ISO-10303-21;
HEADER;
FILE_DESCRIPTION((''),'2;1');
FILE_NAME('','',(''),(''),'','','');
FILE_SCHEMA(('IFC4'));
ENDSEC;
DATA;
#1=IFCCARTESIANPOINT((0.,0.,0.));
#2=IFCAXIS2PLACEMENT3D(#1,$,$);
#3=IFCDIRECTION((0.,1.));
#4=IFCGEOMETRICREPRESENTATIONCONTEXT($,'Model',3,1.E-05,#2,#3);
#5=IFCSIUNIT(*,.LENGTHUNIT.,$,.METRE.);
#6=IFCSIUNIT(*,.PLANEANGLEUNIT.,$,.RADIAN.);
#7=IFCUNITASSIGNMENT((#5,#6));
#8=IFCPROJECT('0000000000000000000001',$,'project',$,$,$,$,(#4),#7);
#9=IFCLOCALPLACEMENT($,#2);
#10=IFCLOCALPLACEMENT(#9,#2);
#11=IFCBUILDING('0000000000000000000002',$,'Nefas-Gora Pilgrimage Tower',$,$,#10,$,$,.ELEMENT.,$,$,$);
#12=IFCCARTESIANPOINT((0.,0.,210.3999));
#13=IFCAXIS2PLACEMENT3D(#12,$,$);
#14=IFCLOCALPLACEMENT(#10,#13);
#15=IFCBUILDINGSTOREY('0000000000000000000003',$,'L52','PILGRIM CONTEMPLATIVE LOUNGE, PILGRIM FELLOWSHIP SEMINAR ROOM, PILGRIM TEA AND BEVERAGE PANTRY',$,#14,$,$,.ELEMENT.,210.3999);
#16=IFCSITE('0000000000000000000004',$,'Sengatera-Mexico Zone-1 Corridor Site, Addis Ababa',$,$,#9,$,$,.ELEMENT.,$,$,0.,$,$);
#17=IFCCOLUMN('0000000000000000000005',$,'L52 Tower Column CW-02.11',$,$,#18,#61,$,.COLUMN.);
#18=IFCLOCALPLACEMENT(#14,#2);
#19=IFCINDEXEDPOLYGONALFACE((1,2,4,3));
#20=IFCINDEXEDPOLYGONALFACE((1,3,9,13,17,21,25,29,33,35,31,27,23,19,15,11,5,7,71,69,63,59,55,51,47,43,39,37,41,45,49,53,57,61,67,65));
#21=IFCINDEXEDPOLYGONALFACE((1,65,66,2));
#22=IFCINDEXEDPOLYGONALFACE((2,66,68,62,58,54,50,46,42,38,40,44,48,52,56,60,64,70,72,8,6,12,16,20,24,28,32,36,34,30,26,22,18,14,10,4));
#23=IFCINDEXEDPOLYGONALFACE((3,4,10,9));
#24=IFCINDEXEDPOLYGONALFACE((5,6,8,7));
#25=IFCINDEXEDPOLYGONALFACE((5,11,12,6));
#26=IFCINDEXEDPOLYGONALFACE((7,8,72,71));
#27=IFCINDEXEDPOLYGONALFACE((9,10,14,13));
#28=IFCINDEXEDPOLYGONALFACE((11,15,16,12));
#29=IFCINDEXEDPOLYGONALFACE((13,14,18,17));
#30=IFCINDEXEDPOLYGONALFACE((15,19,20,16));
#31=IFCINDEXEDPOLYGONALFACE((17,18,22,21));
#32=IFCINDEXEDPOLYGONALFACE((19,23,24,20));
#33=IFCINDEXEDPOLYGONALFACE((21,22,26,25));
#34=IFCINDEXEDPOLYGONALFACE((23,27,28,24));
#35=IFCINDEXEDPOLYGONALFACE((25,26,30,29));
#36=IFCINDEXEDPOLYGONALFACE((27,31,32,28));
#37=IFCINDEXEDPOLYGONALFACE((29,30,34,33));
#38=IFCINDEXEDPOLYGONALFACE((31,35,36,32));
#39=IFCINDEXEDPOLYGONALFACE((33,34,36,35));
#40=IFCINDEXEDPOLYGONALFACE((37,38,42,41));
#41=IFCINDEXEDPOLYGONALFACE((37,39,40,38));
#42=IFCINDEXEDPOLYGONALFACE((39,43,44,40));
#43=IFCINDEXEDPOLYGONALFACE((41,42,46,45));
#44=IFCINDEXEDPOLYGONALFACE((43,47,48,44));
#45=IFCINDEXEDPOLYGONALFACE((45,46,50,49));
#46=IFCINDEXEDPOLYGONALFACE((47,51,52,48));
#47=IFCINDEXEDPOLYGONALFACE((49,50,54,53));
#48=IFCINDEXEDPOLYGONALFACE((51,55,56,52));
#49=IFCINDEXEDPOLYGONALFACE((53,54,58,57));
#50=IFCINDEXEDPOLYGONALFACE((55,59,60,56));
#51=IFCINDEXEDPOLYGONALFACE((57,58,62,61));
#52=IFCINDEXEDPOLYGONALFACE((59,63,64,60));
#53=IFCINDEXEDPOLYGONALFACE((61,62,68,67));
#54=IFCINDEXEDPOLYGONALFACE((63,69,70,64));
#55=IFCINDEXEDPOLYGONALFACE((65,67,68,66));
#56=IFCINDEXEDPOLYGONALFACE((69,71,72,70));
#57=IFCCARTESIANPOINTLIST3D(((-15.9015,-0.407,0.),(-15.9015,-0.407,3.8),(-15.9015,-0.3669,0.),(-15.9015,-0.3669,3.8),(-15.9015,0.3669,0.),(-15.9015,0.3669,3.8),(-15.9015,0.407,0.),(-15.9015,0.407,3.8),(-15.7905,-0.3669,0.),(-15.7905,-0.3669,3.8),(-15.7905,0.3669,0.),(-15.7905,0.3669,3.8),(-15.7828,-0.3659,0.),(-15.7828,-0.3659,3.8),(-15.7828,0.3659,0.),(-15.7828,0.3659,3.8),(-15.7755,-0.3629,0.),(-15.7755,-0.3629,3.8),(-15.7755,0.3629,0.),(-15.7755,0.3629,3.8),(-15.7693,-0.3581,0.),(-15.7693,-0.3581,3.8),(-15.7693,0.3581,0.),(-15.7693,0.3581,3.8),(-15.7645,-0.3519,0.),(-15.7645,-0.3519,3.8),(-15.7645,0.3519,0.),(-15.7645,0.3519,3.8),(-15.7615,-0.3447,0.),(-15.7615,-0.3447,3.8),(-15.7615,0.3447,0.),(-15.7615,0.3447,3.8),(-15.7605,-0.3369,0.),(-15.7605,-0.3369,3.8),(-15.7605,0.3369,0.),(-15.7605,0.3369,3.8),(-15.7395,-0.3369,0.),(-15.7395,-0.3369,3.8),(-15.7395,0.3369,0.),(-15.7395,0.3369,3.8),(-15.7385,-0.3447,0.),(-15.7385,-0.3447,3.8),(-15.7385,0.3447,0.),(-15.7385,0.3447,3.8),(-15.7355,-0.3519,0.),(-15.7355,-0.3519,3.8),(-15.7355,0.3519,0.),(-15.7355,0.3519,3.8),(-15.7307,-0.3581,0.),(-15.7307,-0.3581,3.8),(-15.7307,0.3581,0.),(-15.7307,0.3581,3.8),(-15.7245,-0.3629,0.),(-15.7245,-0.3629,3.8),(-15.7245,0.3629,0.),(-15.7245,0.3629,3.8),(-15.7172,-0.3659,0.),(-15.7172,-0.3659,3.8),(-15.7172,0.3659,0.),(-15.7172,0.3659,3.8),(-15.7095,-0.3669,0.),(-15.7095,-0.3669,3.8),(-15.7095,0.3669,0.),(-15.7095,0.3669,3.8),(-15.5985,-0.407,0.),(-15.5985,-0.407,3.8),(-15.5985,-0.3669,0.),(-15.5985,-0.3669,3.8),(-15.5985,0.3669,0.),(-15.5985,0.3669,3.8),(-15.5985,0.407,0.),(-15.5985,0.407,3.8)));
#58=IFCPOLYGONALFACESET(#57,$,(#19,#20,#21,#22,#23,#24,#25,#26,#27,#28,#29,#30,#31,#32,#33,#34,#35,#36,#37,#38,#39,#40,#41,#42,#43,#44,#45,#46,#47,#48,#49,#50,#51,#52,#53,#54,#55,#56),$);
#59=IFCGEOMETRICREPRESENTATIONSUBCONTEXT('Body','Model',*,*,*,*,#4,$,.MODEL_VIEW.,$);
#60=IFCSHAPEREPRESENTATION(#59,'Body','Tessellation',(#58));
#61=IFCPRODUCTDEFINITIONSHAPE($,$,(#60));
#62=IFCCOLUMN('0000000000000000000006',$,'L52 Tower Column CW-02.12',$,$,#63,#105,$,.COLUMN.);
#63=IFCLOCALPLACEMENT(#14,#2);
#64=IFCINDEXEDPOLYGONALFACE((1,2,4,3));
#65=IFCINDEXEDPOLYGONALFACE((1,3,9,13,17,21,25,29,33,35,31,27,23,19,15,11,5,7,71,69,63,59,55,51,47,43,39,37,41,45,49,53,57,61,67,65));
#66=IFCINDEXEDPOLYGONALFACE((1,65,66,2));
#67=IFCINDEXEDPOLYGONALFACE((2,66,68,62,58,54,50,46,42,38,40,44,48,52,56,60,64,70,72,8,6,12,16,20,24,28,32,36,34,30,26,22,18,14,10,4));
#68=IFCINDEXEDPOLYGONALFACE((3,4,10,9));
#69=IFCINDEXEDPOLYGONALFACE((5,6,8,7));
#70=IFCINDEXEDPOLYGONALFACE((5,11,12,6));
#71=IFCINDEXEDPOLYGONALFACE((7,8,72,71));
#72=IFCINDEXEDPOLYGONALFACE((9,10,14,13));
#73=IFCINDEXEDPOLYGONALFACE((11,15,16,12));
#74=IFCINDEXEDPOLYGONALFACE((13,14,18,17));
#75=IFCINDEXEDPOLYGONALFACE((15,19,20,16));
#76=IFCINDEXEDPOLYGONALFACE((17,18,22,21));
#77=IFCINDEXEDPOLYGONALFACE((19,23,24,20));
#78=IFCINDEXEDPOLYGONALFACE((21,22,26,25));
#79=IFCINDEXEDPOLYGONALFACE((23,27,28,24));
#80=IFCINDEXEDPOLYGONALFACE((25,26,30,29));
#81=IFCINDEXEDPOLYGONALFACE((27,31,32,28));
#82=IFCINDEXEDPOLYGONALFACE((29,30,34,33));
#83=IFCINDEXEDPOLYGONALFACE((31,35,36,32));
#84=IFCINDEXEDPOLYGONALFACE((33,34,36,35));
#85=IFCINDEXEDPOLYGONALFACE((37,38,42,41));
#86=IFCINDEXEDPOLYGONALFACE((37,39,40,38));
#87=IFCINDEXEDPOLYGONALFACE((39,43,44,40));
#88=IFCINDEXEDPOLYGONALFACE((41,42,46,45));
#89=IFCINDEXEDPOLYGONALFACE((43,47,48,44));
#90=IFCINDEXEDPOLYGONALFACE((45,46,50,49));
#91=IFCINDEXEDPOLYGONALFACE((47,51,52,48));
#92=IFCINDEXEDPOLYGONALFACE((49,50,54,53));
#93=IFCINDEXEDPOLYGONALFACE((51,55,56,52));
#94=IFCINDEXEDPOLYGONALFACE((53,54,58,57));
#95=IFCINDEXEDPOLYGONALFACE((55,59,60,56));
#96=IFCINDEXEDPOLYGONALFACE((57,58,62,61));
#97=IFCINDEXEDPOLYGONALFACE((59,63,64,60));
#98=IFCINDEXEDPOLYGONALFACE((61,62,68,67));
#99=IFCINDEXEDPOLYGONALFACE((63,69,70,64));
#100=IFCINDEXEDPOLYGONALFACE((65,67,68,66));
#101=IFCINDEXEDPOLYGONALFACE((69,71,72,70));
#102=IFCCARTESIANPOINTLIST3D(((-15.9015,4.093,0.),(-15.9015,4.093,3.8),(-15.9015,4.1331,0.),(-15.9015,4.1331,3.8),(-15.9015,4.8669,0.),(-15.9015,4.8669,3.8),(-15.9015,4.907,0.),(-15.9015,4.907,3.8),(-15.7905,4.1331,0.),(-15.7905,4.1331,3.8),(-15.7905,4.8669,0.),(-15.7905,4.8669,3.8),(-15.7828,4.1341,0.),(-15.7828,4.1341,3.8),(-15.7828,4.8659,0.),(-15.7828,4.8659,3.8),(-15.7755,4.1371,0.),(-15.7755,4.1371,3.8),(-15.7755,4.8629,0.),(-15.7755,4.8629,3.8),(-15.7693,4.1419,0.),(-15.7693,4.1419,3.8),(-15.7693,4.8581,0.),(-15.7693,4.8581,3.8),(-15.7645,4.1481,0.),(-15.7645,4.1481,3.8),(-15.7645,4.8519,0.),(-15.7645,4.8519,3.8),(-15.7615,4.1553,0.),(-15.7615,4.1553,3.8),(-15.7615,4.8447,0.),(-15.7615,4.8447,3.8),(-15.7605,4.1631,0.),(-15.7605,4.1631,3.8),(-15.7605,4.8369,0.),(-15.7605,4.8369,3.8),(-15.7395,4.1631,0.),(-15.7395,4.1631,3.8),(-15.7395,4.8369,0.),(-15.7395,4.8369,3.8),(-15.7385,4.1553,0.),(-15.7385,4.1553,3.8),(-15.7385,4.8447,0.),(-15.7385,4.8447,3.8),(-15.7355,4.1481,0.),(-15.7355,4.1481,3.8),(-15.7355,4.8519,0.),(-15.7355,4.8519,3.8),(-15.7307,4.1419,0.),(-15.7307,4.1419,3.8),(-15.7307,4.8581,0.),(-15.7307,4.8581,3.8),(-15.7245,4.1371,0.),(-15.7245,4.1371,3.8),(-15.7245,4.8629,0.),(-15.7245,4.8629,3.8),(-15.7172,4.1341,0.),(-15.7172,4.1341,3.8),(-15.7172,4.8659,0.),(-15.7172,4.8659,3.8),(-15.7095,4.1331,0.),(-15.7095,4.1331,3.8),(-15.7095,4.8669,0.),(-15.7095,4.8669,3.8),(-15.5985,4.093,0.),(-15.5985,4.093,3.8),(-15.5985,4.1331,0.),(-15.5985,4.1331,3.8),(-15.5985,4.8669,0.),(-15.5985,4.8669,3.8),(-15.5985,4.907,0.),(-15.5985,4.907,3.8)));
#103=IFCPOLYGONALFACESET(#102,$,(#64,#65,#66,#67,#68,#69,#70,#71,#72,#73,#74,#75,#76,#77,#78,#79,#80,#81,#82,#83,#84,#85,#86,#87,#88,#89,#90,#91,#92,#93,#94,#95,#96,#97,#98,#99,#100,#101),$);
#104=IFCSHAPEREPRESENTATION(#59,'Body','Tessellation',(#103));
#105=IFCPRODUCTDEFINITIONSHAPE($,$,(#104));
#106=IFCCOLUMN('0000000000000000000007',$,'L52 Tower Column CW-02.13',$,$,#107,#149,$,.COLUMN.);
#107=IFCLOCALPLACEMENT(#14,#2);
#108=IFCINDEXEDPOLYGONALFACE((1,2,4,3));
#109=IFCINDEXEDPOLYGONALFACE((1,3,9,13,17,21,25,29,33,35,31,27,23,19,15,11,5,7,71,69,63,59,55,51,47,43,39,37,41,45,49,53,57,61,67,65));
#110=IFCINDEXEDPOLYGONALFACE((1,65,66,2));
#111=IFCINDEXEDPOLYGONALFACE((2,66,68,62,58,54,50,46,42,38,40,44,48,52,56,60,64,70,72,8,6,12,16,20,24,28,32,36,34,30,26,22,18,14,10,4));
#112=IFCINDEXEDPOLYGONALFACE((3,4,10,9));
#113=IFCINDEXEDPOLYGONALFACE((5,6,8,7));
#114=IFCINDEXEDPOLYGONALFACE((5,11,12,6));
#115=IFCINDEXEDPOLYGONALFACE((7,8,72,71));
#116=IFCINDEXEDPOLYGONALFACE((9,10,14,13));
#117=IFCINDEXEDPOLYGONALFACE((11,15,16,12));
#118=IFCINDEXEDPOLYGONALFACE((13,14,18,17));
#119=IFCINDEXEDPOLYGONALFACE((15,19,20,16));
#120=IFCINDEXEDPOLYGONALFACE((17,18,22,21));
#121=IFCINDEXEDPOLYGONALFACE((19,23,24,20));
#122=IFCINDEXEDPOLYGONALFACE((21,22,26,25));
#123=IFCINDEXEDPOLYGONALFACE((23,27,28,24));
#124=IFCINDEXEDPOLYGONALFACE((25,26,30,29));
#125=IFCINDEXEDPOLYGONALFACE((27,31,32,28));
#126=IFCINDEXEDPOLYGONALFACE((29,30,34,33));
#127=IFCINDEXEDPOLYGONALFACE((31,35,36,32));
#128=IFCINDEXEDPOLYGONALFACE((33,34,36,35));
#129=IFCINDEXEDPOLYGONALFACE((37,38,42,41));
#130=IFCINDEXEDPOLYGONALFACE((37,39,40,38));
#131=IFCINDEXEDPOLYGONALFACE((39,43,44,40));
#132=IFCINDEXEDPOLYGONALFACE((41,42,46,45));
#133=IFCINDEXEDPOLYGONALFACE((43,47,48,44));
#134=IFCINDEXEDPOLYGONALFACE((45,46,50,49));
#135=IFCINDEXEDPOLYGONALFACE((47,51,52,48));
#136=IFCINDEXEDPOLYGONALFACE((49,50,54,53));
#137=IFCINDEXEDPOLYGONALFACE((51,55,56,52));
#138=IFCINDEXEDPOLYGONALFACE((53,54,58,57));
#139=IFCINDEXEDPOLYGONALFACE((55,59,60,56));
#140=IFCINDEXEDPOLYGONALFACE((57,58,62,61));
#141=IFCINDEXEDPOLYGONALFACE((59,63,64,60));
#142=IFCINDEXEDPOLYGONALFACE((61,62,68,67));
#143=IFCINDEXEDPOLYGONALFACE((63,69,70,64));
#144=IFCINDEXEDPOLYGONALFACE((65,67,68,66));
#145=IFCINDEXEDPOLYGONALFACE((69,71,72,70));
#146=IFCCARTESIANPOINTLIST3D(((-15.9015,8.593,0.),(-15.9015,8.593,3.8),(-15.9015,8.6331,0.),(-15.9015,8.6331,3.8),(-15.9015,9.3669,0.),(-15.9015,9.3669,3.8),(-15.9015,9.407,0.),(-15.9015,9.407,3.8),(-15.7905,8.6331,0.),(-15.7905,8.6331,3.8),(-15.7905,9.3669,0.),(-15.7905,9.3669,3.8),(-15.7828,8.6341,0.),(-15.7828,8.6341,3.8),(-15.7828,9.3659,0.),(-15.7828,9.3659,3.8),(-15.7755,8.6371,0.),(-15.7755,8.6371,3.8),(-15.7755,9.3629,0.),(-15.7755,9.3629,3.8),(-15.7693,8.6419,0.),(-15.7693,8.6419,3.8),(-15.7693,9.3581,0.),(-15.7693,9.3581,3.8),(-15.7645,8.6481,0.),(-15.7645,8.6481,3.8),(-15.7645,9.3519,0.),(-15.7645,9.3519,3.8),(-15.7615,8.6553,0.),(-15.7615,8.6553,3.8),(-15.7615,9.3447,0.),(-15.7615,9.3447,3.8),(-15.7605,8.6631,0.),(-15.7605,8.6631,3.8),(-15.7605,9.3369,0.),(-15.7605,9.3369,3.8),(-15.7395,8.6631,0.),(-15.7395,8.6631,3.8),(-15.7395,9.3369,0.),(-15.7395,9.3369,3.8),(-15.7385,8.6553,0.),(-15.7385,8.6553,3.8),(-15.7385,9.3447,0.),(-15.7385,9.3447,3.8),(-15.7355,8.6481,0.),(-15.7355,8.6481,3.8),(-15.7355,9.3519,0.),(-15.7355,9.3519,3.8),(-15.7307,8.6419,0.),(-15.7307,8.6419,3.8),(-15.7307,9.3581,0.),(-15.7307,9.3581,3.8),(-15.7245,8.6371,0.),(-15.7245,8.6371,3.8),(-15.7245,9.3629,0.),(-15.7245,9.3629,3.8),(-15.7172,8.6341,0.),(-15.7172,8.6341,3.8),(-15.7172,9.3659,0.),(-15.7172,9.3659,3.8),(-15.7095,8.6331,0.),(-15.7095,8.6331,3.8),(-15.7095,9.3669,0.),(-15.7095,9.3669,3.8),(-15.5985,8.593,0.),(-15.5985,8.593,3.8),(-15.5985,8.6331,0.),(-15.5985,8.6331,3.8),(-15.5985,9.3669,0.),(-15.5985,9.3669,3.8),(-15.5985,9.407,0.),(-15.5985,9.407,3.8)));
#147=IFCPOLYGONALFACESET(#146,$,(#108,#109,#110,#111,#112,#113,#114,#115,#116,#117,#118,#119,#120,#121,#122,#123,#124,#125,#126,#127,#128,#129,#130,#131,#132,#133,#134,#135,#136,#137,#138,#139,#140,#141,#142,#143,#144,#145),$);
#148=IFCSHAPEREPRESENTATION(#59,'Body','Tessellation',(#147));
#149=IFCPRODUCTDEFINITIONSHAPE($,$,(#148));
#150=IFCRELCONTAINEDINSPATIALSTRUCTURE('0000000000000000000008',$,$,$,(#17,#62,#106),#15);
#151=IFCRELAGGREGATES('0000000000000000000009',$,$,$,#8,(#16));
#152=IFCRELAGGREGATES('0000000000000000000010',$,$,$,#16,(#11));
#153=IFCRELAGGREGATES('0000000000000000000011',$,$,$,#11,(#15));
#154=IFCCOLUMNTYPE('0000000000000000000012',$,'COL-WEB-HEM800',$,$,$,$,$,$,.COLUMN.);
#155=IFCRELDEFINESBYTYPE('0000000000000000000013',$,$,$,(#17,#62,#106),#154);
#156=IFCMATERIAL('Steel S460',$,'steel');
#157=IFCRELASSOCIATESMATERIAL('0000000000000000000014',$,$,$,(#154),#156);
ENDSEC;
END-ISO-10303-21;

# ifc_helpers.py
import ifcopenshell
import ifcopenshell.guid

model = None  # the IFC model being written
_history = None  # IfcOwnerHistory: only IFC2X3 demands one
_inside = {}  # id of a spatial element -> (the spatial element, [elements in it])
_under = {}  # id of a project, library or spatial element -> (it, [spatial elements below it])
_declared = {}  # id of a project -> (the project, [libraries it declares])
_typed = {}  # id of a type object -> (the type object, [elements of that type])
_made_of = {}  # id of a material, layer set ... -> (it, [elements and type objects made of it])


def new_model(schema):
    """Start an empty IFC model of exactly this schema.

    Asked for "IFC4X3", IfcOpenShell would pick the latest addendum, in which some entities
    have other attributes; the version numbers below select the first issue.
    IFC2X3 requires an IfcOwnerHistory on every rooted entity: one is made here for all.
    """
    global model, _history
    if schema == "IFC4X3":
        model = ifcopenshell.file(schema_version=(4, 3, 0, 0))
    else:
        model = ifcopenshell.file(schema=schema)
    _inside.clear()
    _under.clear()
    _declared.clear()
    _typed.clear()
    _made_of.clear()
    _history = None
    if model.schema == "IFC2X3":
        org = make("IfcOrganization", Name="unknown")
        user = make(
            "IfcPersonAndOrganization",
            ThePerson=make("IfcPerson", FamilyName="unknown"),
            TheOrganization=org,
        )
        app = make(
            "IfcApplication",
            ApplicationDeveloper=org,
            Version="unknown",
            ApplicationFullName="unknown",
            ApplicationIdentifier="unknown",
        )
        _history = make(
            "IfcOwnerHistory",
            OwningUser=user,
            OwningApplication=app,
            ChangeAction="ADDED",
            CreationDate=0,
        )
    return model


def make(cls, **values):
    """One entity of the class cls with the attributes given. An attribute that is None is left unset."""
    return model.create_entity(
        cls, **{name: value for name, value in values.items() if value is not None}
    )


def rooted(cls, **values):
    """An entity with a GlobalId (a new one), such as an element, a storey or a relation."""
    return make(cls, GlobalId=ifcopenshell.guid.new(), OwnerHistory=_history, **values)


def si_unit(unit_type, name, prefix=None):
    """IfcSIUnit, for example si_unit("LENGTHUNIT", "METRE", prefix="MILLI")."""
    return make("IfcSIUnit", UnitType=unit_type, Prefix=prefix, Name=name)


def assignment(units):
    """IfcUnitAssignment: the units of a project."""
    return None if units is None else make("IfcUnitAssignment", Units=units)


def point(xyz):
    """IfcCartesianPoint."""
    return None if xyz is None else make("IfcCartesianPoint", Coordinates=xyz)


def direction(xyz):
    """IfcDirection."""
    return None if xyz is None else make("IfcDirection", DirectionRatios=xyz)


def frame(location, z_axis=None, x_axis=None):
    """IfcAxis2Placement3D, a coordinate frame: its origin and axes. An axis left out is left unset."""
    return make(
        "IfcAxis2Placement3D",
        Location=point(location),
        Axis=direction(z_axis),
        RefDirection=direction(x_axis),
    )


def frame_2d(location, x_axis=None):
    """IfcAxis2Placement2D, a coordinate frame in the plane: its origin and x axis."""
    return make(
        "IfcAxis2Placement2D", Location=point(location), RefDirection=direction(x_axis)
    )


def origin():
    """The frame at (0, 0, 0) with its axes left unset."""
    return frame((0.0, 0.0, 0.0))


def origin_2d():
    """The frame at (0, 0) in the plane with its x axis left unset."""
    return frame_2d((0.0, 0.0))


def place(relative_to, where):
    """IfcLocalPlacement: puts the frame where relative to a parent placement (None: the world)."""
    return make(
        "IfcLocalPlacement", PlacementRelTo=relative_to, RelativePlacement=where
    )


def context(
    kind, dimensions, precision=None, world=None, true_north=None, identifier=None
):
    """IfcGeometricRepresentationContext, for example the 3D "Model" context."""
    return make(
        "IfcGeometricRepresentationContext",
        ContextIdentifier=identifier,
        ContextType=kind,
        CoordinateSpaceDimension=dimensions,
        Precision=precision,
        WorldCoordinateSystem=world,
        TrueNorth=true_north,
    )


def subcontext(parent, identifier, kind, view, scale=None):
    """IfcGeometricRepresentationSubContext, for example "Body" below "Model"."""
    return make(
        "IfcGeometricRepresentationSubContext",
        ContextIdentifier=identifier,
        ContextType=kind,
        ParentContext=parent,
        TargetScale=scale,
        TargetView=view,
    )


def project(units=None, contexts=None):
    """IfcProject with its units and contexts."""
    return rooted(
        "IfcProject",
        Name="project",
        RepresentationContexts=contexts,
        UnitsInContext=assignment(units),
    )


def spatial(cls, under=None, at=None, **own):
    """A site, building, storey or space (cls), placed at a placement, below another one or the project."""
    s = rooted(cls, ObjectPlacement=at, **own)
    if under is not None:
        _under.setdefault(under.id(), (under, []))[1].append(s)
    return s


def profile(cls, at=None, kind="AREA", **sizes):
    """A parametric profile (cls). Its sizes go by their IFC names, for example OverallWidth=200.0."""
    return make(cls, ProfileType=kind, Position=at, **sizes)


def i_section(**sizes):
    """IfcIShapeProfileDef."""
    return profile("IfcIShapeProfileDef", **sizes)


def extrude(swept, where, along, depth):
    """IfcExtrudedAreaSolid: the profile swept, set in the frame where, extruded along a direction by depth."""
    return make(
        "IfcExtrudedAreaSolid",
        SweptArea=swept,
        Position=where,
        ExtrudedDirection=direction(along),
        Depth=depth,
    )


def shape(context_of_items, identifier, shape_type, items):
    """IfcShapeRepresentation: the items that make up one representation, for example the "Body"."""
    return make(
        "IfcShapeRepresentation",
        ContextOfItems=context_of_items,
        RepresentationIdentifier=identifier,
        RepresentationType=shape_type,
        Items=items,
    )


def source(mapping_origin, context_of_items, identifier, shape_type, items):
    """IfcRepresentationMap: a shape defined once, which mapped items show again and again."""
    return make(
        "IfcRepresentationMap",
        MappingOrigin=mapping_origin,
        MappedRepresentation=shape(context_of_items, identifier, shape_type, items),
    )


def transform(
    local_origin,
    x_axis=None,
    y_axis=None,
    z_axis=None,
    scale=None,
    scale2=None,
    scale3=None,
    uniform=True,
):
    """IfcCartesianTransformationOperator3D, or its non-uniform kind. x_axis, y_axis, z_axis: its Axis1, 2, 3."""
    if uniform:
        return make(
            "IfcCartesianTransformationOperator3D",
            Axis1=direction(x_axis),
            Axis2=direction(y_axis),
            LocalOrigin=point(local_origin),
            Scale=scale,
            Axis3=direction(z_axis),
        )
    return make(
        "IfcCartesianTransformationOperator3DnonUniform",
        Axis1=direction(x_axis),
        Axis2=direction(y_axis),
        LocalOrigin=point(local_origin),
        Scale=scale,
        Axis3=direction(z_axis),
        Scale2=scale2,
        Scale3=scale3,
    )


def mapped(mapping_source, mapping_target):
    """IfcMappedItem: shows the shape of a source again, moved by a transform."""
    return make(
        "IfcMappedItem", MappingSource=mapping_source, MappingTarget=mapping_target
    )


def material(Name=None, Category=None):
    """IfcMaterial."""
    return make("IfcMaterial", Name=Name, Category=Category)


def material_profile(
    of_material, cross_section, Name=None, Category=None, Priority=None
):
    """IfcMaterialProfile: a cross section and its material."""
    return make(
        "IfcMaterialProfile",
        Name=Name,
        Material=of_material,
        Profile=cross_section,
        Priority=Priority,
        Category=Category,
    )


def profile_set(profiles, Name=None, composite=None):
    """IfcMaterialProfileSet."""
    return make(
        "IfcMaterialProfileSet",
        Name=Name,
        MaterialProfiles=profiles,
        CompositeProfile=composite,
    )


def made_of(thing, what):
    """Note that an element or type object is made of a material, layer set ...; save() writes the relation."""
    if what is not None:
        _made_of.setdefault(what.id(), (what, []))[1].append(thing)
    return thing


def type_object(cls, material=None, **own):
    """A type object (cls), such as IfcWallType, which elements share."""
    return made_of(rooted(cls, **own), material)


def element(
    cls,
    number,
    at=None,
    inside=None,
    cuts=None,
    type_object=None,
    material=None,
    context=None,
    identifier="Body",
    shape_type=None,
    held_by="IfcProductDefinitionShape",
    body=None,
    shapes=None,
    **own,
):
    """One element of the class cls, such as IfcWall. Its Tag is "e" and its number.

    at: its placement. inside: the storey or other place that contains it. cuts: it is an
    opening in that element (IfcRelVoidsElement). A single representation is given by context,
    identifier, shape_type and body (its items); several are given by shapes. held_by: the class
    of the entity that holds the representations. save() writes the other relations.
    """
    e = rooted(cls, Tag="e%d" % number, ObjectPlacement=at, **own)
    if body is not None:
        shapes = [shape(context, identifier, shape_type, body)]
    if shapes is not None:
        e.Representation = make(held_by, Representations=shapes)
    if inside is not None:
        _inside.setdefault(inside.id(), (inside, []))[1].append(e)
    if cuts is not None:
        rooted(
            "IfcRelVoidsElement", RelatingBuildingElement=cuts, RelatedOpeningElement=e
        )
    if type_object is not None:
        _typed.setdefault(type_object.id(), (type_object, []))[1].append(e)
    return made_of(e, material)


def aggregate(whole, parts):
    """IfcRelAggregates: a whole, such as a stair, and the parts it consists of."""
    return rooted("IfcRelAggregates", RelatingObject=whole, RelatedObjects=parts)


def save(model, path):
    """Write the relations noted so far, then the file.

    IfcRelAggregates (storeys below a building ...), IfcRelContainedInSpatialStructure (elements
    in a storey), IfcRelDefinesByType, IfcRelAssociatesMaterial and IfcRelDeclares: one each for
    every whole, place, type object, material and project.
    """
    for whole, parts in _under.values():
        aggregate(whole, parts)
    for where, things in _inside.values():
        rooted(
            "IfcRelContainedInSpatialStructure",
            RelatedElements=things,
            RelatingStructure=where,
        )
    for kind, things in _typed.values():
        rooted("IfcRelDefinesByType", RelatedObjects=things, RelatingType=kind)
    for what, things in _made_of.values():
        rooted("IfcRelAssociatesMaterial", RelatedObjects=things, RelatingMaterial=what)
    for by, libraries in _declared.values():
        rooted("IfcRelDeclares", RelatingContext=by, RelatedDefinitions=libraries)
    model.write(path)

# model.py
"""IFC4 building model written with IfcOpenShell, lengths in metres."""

from ifc_helpers import new_model, si_unit, direction, frame, origin, origin_2d, place, context, subcontext, project, spatial, i_section, extrude, source, transform, mapped, material, material_profile, profile_set, type_object, element, save


model = new_model("IFC4")

# Units and contexts
model_context = context("Model", 3, precision=1e-05, world=origin(), true_north=direction((0.0, 1.0)))
body_context = subcontext(model_context, "Body", "Model", "MODEL_VIEW")
ifc_project = project(units=[si_unit("LENGTHUNIT", "METRE"), si_unit("PLANEANGLEUNIT", "RADIAN")], contexts=[model_context])

# Site, building, storey
site_placement = place(None, origin())
site = spatial("IfcSite", under=ifc_project, at=site_placement, Name="Sengatera-Mexico Zone-1 Corridor Site, Addis Ababa", CompositionType="ELEMENT", RefElevation=0.0)
building_placement = place(site_placement, origin())
building = spatial("IfcBuilding", under=site, at=building_placement, Name="Nefas-Gora Pilgrimage Tower", CompositionType="ELEMENT")
storey_placement = place(building_placement, frame((0.0, 0.0, 210.3999)))
storey = spatial("IfcBuildingStorey", under=building, at=storey_placement, Name="L52", Description="PILGRIM CONTEMPLATIVE LOUNGE, PILGRIM FELLOWSHIP SEMINAR ROOM, PILGRIM TEA AND BEVERAGE PANTRY", CompositionType="ELEMENT", Elevation=210.3999)

# Columns
ifc_material_1 = material(Name="Steel S460", Category="steel")
ifc_material_profile_1 = material_profile(ifc_material_1, i_section(OverallWidth=0.303, OverallDepth=0.814, WebThickness=0.021, FlangeThickness=0.04, FilletRadius=0.03, at=origin_2d()), Name="HEM 800")
ifc_profile_set_1 = profile_set([ifc_material_profile_1], Name="Steel S460")
column_type_1 = type_object("IfcColumnType", Name="COL-WEB-HEM800", PredefinedType="COLUMN", material=ifc_profile_set_1)
shared_shape_1 = source(origin(), body_context, "Body", "SweptSolid", [
    extrude(i_section(OverallWidth=0.303, OverallDepth=0.814, WebThickness=0.021, FlangeThickness=0.04, FilletRadius=0.03, at=origin_2d()), origin(), (0.0, 0.0, 1.0), 3.8),
])
for number, where, z_axis, x_axis, name in (
    (1, (-15.75, 0.0, 0.0), (0.0, 0.0, 1.0), (1.0, 0.0, 0.0), "L52 Tower Column CW-02.11"),
    (2, (-15.75, 4.5, 0.0), (0.0, 0.0, 1.0), (1.0, 0.0, 0.0), "L52 Tower Column CW-02.12"),
    (3, (-15.75, 9.0, 0.0), (0.0, 0.0, 1.0), (1.0, 0.0, 0.0), "L52 Tower Column CW-02.13"),
):
    element("IfcColumn", number, at=place(storey_placement, frame(where, z_axis=z_axis, x_axis=x_axis)), inside=storey, type_object=column_type_1, Name=name, PredefinedType="COLUMN", context=body_context, shape_type="MappedRepresentation", body=[
        mapped(shared_shape_1, transform((0.0, 0.0, 0.0), x_axis=(1.0, 0.0, 0.0), y_axis=(0.0, 1.0, 0.0), z_axis=(0.0, 0.0, 1.0), scale=1.0)),
    ])

save(model, "model.ifc")
